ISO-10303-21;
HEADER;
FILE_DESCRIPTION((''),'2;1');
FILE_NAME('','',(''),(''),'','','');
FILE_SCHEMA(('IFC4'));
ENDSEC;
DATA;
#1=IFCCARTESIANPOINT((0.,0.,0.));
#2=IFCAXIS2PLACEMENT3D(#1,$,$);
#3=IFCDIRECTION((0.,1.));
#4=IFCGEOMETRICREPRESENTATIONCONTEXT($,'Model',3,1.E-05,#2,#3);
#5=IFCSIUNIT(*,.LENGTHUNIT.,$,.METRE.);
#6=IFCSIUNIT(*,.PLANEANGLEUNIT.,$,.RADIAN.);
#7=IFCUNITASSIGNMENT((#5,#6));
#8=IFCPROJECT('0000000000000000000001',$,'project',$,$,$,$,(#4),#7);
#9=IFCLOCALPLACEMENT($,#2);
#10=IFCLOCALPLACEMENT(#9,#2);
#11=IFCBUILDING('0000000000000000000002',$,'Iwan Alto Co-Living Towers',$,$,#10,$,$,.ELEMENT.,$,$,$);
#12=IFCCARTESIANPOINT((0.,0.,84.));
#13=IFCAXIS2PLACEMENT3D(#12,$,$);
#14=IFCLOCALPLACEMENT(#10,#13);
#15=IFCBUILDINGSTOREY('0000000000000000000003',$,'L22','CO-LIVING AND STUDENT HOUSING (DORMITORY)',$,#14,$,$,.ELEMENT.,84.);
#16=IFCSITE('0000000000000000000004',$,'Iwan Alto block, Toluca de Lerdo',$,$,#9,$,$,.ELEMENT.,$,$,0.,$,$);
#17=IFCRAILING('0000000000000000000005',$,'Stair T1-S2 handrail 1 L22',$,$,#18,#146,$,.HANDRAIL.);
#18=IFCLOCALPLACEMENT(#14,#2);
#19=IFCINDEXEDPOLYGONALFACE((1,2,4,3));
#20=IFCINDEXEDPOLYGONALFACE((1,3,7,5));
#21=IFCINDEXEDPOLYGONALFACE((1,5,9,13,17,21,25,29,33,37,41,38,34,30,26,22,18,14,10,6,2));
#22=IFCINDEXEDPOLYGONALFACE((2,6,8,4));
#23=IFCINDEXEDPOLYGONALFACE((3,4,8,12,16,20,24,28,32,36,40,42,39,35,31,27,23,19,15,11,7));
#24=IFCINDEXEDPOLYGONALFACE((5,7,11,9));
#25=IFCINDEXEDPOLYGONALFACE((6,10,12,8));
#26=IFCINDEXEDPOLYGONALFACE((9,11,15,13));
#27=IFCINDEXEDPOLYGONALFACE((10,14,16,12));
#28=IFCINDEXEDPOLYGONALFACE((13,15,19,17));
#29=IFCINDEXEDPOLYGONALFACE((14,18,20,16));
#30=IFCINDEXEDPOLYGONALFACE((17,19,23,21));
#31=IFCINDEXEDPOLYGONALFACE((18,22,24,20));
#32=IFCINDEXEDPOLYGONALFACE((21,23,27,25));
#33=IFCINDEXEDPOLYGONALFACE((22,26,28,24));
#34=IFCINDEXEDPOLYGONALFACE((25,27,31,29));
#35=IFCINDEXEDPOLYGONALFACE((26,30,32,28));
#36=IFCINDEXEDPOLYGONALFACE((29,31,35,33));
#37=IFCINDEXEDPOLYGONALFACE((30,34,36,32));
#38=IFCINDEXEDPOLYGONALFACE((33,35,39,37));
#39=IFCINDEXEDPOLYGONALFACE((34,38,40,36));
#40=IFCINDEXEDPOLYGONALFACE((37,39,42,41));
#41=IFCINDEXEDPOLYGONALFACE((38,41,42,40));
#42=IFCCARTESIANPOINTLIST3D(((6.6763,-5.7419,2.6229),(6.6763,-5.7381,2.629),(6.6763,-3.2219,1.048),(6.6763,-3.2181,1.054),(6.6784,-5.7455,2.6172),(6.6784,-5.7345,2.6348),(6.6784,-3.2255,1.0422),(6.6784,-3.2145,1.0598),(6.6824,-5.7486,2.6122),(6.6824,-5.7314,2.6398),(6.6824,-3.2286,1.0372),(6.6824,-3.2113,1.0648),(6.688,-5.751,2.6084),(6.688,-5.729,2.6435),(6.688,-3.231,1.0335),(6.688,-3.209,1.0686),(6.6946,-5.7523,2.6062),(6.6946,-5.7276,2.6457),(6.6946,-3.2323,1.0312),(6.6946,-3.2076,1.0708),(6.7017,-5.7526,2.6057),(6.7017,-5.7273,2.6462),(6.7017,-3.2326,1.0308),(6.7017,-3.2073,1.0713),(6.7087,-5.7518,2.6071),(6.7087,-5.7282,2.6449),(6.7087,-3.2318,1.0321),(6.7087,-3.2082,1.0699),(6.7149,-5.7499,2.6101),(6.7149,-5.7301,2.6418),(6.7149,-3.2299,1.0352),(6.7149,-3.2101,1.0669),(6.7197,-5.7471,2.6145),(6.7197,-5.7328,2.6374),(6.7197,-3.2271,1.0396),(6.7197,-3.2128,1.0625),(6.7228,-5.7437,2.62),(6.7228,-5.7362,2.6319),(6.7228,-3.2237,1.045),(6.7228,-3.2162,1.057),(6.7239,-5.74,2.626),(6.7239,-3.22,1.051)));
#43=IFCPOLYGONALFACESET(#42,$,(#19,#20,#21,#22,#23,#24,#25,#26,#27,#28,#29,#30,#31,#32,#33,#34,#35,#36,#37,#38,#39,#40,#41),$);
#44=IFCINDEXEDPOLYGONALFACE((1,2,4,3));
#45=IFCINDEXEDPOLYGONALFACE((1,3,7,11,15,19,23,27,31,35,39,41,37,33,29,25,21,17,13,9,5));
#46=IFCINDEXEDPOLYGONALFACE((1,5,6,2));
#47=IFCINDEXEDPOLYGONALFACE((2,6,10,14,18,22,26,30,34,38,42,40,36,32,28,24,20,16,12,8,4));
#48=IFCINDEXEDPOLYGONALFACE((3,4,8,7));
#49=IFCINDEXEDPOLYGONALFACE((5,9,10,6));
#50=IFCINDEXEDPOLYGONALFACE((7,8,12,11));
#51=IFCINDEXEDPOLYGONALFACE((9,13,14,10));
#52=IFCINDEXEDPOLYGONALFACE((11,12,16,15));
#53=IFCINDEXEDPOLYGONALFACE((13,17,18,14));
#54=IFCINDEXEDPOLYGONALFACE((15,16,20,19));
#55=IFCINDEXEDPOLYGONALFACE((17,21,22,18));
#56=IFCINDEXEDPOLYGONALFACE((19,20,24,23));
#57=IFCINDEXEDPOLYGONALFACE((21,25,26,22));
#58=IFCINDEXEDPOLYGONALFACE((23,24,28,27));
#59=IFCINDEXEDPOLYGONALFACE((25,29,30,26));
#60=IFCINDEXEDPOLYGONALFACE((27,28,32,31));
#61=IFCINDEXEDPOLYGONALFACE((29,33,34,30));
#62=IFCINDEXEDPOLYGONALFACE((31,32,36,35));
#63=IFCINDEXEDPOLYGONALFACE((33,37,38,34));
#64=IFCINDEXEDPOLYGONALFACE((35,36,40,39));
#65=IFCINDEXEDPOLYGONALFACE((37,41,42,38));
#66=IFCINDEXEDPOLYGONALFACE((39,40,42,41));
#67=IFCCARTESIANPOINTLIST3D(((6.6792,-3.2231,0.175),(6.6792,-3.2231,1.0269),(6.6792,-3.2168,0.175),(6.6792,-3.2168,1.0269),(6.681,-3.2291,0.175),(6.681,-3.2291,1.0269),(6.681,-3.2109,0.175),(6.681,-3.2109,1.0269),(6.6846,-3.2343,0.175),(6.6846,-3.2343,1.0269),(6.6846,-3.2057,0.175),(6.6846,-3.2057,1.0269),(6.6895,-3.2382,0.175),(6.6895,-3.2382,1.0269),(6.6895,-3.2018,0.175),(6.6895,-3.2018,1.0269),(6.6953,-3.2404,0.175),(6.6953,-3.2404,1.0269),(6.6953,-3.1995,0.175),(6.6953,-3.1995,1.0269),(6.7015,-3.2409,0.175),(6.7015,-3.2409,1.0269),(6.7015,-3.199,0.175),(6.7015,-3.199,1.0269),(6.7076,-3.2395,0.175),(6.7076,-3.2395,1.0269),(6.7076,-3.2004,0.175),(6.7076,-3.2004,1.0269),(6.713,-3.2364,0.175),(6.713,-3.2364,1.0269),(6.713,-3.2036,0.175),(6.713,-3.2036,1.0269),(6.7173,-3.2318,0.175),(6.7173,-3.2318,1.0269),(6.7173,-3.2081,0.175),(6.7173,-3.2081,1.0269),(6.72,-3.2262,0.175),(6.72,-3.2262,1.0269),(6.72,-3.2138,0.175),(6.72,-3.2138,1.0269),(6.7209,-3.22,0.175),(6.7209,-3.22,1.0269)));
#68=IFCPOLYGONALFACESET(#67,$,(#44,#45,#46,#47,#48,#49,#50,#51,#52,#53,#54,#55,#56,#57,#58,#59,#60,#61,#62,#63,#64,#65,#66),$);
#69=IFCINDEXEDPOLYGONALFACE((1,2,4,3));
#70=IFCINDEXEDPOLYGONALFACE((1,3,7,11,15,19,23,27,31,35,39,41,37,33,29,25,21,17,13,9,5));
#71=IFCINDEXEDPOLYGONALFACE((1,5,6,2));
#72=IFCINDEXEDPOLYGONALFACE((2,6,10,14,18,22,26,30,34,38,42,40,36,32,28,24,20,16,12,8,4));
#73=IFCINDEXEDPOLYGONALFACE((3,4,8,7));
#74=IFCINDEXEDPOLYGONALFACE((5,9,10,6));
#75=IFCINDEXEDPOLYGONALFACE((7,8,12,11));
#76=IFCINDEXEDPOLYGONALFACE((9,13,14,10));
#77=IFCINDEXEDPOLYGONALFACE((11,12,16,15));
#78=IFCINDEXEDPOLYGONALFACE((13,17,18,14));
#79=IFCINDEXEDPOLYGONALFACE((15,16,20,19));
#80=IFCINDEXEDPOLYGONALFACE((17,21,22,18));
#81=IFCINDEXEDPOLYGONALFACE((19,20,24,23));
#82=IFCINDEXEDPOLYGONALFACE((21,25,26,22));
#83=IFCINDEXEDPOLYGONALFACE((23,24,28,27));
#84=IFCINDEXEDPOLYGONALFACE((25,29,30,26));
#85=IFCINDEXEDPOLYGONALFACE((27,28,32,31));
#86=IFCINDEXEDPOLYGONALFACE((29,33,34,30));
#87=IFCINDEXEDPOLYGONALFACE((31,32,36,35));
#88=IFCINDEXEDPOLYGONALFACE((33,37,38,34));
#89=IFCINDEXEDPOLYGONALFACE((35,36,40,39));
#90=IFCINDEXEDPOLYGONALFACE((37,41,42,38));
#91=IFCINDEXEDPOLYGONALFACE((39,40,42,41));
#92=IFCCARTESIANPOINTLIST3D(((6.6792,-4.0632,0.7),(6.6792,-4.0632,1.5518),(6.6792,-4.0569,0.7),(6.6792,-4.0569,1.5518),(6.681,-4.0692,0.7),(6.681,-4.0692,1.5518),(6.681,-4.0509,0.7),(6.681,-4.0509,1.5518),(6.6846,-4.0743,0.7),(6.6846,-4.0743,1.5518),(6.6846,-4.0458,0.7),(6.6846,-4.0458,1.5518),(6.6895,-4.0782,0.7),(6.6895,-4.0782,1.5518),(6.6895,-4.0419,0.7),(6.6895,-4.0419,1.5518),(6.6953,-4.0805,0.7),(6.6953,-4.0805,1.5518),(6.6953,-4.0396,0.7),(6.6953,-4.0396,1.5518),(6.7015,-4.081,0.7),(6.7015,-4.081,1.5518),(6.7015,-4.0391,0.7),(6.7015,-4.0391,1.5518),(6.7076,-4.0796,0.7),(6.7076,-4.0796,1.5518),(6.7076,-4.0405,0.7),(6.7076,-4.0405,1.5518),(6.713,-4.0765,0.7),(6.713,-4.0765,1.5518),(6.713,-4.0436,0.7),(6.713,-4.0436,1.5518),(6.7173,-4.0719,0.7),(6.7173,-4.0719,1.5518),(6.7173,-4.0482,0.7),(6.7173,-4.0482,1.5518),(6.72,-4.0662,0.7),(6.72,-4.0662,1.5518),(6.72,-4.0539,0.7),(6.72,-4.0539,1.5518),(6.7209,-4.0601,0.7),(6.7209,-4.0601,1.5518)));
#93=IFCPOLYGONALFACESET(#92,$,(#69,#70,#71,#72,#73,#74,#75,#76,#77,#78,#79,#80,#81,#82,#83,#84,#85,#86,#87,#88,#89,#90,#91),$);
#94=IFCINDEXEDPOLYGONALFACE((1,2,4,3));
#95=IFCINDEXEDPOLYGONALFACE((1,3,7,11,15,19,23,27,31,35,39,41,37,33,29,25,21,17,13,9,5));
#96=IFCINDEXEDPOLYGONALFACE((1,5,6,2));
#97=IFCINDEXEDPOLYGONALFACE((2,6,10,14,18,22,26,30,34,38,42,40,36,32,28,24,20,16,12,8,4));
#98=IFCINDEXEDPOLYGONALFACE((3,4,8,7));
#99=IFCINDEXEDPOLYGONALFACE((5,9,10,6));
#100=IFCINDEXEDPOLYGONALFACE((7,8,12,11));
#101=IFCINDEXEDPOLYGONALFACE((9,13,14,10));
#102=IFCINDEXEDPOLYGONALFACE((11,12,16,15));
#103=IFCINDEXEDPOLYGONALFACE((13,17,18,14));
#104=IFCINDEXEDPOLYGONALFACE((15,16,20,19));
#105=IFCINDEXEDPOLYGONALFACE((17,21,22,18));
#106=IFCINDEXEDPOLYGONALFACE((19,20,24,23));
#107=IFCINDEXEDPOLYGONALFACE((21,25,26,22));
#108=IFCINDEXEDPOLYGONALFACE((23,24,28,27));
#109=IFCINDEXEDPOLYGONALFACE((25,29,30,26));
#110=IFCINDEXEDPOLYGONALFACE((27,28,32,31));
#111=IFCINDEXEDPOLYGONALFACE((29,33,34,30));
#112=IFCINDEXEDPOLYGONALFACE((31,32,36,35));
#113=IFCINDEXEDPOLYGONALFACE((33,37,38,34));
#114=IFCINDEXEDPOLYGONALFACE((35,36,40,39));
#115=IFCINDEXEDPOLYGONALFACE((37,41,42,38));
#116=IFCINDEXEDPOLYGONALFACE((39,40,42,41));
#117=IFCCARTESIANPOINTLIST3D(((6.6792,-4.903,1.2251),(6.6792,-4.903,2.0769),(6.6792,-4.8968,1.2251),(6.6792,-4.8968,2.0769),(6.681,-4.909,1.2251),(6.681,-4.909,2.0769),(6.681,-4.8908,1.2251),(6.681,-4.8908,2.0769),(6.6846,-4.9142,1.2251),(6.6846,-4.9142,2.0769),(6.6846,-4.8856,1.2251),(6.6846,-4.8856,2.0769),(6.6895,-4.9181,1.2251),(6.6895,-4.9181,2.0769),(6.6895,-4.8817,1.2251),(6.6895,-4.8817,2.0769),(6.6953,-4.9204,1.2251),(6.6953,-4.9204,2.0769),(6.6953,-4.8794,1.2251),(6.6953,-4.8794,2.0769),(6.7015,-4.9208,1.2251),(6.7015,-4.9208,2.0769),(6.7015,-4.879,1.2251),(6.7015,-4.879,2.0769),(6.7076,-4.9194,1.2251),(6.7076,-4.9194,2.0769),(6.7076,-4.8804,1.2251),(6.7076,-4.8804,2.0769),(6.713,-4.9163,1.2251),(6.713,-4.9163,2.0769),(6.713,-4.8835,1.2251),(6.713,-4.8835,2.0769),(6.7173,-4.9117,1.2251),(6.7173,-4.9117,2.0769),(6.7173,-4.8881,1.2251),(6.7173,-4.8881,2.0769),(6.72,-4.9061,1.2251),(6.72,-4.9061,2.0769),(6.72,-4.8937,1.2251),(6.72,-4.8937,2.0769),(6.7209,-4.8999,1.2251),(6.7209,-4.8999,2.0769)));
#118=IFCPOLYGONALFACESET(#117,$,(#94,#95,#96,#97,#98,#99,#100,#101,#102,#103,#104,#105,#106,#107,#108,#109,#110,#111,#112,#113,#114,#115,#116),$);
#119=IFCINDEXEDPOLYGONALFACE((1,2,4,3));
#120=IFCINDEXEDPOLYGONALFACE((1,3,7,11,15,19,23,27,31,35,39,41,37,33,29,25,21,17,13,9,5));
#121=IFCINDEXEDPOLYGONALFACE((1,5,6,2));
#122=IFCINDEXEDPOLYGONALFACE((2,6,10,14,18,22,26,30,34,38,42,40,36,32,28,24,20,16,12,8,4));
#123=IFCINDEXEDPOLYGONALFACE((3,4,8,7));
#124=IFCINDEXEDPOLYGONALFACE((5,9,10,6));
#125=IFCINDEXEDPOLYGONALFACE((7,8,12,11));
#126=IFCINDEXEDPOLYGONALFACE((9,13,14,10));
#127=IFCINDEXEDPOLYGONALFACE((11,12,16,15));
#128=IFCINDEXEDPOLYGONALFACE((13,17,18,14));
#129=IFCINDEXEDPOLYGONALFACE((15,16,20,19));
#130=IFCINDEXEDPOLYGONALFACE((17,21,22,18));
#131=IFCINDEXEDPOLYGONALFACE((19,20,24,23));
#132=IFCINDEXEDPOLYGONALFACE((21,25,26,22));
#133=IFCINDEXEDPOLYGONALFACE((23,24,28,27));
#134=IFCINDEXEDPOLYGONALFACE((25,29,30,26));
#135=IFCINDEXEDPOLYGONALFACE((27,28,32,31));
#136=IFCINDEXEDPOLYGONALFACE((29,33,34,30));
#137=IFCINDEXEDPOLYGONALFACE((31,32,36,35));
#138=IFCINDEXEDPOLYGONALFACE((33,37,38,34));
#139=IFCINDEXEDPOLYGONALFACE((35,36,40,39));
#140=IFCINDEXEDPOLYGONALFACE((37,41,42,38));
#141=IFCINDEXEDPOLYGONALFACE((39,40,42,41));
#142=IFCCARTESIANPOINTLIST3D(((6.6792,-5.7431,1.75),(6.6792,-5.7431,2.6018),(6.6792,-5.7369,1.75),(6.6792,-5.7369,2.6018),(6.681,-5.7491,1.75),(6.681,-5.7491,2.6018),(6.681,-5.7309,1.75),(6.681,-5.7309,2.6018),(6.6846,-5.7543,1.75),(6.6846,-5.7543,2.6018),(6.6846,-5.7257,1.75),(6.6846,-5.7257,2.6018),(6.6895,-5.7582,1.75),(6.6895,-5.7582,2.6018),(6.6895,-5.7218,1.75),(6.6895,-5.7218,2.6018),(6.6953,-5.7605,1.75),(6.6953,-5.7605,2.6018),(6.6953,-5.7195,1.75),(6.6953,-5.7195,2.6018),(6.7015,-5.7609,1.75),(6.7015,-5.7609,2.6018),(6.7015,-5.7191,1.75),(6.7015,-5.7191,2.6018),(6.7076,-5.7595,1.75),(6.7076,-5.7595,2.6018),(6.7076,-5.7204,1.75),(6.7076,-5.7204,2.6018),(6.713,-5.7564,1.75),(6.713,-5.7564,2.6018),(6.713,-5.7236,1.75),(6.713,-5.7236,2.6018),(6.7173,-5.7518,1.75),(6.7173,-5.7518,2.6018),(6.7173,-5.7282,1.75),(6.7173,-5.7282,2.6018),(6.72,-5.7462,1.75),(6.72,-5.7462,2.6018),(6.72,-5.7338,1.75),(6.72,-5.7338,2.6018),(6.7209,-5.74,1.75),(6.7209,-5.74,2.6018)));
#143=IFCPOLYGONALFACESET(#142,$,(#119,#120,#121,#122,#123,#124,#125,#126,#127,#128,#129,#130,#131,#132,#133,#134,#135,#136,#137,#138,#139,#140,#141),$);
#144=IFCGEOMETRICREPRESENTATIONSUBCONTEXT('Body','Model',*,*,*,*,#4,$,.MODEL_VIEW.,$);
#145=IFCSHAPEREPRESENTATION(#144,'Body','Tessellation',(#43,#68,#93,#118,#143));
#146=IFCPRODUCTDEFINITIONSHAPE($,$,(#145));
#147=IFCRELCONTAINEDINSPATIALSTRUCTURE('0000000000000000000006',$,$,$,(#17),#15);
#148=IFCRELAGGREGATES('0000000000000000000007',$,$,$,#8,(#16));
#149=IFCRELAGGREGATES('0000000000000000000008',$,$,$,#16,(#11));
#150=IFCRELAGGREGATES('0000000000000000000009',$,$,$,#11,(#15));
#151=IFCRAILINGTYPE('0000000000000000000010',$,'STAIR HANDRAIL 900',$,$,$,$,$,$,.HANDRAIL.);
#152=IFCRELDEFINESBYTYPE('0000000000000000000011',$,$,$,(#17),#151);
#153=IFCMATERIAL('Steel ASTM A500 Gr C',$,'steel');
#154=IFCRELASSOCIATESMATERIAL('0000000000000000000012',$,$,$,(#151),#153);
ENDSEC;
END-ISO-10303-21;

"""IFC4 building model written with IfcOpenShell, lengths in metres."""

from ifc_helpers import new_model, si_unit, direction, frame, origin, origin_2d, place, context, subcontext, project, spatial, circle, extrude, material, type_object, element, save


model = new_model("IFC4")

# Units and contexts
model_context = context("Model", 3, precision=1e-05, world=origin(), true_north=direction((0.0, 1.0)))
body_context = subcontext(model_context, "Body", "Model", "MODEL_VIEW")
ifc_project = project(units=[si_unit("LENGTHUNIT", "METRE"), si_unit("PLANEANGLEUNIT", "RADIAN")], contexts=[model_context])

# Site, building, storey
site_placement = place(None, origin())
site = spatial("IfcSite", under=ifc_project, at=site_placement, Name="Iwan Alto block, Toluca de Lerdo", CompositionType="ELEMENT", RefElevation=0.0)
building_placement = place(site_placement, origin())
building = spatial("IfcBuilding", under=site, at=building_placement, Name="Iwan Alto Co-Living Towers", CompositionType="ELEMENT")
storey_placement = place(building_placement, frame((0.0, 0.0, 84.0)))
storey = spatial("IfcBuildingStorey", under=building, at=storey_placement, Name="L22", Description="CO-LIVING AND STUDENT HOUSING (DORMITORY)", CompositionType="ELEMENT", Elevation=84.0)

# Railing
ifc_material_1 = material(Name="Steel ASTM A500 Gr C", Category="steel")
railing_type_1 = type_object("IfcRailingType", Name="STAIR HANDRAIL 900", PredefinedType="HANDRAIL", material=ifc_material_1)
railing_1_placement = place(storey_placement, frame((6.7, -3.22, 0.175)))
element("IfcRailing", 1, at=railing_1_placement, inside=storey, type_object=railing_type_1, Name="Stair T1-S2 handrail 1 L22", PredefinedType="HANDRAIL", context=body_context, shape_type="SweptSolid", body=[
    extrude(circle(Radius=0.0239, at=origin_2d()), frame((0.0, 0.0, 0.876), z_axis=(0.0, -0.848008, 0.529984), x_axis=(1.0, 0.0, 0.0)), (0.0, 0.0, 1.0), 2.9717),
    extrude(circle(Radius=0.021, at=origin_2d()), origin(), (0.0, 0.0, 1.0), 0.8518),
    extrude(circle(Radius=0.021, at=origin_2d()), frame((0.0, -0.8401, 0.5249)), (0.0, 0.0, 1.0), 0.8518),
    extrude(circle(Radius=0.021, at=origin_2d()), frame((0.0, -1.6799, 1.05)), (0.0, 0.0, 1.0), 0.8518),
    extrude(circle(Radius=0.021, at=origin_2d()), frame((0.0, -2.52, 1.575)), (0.0, 0.0, 1.0), 0.8518),
])

save(model, "model.ifc")
